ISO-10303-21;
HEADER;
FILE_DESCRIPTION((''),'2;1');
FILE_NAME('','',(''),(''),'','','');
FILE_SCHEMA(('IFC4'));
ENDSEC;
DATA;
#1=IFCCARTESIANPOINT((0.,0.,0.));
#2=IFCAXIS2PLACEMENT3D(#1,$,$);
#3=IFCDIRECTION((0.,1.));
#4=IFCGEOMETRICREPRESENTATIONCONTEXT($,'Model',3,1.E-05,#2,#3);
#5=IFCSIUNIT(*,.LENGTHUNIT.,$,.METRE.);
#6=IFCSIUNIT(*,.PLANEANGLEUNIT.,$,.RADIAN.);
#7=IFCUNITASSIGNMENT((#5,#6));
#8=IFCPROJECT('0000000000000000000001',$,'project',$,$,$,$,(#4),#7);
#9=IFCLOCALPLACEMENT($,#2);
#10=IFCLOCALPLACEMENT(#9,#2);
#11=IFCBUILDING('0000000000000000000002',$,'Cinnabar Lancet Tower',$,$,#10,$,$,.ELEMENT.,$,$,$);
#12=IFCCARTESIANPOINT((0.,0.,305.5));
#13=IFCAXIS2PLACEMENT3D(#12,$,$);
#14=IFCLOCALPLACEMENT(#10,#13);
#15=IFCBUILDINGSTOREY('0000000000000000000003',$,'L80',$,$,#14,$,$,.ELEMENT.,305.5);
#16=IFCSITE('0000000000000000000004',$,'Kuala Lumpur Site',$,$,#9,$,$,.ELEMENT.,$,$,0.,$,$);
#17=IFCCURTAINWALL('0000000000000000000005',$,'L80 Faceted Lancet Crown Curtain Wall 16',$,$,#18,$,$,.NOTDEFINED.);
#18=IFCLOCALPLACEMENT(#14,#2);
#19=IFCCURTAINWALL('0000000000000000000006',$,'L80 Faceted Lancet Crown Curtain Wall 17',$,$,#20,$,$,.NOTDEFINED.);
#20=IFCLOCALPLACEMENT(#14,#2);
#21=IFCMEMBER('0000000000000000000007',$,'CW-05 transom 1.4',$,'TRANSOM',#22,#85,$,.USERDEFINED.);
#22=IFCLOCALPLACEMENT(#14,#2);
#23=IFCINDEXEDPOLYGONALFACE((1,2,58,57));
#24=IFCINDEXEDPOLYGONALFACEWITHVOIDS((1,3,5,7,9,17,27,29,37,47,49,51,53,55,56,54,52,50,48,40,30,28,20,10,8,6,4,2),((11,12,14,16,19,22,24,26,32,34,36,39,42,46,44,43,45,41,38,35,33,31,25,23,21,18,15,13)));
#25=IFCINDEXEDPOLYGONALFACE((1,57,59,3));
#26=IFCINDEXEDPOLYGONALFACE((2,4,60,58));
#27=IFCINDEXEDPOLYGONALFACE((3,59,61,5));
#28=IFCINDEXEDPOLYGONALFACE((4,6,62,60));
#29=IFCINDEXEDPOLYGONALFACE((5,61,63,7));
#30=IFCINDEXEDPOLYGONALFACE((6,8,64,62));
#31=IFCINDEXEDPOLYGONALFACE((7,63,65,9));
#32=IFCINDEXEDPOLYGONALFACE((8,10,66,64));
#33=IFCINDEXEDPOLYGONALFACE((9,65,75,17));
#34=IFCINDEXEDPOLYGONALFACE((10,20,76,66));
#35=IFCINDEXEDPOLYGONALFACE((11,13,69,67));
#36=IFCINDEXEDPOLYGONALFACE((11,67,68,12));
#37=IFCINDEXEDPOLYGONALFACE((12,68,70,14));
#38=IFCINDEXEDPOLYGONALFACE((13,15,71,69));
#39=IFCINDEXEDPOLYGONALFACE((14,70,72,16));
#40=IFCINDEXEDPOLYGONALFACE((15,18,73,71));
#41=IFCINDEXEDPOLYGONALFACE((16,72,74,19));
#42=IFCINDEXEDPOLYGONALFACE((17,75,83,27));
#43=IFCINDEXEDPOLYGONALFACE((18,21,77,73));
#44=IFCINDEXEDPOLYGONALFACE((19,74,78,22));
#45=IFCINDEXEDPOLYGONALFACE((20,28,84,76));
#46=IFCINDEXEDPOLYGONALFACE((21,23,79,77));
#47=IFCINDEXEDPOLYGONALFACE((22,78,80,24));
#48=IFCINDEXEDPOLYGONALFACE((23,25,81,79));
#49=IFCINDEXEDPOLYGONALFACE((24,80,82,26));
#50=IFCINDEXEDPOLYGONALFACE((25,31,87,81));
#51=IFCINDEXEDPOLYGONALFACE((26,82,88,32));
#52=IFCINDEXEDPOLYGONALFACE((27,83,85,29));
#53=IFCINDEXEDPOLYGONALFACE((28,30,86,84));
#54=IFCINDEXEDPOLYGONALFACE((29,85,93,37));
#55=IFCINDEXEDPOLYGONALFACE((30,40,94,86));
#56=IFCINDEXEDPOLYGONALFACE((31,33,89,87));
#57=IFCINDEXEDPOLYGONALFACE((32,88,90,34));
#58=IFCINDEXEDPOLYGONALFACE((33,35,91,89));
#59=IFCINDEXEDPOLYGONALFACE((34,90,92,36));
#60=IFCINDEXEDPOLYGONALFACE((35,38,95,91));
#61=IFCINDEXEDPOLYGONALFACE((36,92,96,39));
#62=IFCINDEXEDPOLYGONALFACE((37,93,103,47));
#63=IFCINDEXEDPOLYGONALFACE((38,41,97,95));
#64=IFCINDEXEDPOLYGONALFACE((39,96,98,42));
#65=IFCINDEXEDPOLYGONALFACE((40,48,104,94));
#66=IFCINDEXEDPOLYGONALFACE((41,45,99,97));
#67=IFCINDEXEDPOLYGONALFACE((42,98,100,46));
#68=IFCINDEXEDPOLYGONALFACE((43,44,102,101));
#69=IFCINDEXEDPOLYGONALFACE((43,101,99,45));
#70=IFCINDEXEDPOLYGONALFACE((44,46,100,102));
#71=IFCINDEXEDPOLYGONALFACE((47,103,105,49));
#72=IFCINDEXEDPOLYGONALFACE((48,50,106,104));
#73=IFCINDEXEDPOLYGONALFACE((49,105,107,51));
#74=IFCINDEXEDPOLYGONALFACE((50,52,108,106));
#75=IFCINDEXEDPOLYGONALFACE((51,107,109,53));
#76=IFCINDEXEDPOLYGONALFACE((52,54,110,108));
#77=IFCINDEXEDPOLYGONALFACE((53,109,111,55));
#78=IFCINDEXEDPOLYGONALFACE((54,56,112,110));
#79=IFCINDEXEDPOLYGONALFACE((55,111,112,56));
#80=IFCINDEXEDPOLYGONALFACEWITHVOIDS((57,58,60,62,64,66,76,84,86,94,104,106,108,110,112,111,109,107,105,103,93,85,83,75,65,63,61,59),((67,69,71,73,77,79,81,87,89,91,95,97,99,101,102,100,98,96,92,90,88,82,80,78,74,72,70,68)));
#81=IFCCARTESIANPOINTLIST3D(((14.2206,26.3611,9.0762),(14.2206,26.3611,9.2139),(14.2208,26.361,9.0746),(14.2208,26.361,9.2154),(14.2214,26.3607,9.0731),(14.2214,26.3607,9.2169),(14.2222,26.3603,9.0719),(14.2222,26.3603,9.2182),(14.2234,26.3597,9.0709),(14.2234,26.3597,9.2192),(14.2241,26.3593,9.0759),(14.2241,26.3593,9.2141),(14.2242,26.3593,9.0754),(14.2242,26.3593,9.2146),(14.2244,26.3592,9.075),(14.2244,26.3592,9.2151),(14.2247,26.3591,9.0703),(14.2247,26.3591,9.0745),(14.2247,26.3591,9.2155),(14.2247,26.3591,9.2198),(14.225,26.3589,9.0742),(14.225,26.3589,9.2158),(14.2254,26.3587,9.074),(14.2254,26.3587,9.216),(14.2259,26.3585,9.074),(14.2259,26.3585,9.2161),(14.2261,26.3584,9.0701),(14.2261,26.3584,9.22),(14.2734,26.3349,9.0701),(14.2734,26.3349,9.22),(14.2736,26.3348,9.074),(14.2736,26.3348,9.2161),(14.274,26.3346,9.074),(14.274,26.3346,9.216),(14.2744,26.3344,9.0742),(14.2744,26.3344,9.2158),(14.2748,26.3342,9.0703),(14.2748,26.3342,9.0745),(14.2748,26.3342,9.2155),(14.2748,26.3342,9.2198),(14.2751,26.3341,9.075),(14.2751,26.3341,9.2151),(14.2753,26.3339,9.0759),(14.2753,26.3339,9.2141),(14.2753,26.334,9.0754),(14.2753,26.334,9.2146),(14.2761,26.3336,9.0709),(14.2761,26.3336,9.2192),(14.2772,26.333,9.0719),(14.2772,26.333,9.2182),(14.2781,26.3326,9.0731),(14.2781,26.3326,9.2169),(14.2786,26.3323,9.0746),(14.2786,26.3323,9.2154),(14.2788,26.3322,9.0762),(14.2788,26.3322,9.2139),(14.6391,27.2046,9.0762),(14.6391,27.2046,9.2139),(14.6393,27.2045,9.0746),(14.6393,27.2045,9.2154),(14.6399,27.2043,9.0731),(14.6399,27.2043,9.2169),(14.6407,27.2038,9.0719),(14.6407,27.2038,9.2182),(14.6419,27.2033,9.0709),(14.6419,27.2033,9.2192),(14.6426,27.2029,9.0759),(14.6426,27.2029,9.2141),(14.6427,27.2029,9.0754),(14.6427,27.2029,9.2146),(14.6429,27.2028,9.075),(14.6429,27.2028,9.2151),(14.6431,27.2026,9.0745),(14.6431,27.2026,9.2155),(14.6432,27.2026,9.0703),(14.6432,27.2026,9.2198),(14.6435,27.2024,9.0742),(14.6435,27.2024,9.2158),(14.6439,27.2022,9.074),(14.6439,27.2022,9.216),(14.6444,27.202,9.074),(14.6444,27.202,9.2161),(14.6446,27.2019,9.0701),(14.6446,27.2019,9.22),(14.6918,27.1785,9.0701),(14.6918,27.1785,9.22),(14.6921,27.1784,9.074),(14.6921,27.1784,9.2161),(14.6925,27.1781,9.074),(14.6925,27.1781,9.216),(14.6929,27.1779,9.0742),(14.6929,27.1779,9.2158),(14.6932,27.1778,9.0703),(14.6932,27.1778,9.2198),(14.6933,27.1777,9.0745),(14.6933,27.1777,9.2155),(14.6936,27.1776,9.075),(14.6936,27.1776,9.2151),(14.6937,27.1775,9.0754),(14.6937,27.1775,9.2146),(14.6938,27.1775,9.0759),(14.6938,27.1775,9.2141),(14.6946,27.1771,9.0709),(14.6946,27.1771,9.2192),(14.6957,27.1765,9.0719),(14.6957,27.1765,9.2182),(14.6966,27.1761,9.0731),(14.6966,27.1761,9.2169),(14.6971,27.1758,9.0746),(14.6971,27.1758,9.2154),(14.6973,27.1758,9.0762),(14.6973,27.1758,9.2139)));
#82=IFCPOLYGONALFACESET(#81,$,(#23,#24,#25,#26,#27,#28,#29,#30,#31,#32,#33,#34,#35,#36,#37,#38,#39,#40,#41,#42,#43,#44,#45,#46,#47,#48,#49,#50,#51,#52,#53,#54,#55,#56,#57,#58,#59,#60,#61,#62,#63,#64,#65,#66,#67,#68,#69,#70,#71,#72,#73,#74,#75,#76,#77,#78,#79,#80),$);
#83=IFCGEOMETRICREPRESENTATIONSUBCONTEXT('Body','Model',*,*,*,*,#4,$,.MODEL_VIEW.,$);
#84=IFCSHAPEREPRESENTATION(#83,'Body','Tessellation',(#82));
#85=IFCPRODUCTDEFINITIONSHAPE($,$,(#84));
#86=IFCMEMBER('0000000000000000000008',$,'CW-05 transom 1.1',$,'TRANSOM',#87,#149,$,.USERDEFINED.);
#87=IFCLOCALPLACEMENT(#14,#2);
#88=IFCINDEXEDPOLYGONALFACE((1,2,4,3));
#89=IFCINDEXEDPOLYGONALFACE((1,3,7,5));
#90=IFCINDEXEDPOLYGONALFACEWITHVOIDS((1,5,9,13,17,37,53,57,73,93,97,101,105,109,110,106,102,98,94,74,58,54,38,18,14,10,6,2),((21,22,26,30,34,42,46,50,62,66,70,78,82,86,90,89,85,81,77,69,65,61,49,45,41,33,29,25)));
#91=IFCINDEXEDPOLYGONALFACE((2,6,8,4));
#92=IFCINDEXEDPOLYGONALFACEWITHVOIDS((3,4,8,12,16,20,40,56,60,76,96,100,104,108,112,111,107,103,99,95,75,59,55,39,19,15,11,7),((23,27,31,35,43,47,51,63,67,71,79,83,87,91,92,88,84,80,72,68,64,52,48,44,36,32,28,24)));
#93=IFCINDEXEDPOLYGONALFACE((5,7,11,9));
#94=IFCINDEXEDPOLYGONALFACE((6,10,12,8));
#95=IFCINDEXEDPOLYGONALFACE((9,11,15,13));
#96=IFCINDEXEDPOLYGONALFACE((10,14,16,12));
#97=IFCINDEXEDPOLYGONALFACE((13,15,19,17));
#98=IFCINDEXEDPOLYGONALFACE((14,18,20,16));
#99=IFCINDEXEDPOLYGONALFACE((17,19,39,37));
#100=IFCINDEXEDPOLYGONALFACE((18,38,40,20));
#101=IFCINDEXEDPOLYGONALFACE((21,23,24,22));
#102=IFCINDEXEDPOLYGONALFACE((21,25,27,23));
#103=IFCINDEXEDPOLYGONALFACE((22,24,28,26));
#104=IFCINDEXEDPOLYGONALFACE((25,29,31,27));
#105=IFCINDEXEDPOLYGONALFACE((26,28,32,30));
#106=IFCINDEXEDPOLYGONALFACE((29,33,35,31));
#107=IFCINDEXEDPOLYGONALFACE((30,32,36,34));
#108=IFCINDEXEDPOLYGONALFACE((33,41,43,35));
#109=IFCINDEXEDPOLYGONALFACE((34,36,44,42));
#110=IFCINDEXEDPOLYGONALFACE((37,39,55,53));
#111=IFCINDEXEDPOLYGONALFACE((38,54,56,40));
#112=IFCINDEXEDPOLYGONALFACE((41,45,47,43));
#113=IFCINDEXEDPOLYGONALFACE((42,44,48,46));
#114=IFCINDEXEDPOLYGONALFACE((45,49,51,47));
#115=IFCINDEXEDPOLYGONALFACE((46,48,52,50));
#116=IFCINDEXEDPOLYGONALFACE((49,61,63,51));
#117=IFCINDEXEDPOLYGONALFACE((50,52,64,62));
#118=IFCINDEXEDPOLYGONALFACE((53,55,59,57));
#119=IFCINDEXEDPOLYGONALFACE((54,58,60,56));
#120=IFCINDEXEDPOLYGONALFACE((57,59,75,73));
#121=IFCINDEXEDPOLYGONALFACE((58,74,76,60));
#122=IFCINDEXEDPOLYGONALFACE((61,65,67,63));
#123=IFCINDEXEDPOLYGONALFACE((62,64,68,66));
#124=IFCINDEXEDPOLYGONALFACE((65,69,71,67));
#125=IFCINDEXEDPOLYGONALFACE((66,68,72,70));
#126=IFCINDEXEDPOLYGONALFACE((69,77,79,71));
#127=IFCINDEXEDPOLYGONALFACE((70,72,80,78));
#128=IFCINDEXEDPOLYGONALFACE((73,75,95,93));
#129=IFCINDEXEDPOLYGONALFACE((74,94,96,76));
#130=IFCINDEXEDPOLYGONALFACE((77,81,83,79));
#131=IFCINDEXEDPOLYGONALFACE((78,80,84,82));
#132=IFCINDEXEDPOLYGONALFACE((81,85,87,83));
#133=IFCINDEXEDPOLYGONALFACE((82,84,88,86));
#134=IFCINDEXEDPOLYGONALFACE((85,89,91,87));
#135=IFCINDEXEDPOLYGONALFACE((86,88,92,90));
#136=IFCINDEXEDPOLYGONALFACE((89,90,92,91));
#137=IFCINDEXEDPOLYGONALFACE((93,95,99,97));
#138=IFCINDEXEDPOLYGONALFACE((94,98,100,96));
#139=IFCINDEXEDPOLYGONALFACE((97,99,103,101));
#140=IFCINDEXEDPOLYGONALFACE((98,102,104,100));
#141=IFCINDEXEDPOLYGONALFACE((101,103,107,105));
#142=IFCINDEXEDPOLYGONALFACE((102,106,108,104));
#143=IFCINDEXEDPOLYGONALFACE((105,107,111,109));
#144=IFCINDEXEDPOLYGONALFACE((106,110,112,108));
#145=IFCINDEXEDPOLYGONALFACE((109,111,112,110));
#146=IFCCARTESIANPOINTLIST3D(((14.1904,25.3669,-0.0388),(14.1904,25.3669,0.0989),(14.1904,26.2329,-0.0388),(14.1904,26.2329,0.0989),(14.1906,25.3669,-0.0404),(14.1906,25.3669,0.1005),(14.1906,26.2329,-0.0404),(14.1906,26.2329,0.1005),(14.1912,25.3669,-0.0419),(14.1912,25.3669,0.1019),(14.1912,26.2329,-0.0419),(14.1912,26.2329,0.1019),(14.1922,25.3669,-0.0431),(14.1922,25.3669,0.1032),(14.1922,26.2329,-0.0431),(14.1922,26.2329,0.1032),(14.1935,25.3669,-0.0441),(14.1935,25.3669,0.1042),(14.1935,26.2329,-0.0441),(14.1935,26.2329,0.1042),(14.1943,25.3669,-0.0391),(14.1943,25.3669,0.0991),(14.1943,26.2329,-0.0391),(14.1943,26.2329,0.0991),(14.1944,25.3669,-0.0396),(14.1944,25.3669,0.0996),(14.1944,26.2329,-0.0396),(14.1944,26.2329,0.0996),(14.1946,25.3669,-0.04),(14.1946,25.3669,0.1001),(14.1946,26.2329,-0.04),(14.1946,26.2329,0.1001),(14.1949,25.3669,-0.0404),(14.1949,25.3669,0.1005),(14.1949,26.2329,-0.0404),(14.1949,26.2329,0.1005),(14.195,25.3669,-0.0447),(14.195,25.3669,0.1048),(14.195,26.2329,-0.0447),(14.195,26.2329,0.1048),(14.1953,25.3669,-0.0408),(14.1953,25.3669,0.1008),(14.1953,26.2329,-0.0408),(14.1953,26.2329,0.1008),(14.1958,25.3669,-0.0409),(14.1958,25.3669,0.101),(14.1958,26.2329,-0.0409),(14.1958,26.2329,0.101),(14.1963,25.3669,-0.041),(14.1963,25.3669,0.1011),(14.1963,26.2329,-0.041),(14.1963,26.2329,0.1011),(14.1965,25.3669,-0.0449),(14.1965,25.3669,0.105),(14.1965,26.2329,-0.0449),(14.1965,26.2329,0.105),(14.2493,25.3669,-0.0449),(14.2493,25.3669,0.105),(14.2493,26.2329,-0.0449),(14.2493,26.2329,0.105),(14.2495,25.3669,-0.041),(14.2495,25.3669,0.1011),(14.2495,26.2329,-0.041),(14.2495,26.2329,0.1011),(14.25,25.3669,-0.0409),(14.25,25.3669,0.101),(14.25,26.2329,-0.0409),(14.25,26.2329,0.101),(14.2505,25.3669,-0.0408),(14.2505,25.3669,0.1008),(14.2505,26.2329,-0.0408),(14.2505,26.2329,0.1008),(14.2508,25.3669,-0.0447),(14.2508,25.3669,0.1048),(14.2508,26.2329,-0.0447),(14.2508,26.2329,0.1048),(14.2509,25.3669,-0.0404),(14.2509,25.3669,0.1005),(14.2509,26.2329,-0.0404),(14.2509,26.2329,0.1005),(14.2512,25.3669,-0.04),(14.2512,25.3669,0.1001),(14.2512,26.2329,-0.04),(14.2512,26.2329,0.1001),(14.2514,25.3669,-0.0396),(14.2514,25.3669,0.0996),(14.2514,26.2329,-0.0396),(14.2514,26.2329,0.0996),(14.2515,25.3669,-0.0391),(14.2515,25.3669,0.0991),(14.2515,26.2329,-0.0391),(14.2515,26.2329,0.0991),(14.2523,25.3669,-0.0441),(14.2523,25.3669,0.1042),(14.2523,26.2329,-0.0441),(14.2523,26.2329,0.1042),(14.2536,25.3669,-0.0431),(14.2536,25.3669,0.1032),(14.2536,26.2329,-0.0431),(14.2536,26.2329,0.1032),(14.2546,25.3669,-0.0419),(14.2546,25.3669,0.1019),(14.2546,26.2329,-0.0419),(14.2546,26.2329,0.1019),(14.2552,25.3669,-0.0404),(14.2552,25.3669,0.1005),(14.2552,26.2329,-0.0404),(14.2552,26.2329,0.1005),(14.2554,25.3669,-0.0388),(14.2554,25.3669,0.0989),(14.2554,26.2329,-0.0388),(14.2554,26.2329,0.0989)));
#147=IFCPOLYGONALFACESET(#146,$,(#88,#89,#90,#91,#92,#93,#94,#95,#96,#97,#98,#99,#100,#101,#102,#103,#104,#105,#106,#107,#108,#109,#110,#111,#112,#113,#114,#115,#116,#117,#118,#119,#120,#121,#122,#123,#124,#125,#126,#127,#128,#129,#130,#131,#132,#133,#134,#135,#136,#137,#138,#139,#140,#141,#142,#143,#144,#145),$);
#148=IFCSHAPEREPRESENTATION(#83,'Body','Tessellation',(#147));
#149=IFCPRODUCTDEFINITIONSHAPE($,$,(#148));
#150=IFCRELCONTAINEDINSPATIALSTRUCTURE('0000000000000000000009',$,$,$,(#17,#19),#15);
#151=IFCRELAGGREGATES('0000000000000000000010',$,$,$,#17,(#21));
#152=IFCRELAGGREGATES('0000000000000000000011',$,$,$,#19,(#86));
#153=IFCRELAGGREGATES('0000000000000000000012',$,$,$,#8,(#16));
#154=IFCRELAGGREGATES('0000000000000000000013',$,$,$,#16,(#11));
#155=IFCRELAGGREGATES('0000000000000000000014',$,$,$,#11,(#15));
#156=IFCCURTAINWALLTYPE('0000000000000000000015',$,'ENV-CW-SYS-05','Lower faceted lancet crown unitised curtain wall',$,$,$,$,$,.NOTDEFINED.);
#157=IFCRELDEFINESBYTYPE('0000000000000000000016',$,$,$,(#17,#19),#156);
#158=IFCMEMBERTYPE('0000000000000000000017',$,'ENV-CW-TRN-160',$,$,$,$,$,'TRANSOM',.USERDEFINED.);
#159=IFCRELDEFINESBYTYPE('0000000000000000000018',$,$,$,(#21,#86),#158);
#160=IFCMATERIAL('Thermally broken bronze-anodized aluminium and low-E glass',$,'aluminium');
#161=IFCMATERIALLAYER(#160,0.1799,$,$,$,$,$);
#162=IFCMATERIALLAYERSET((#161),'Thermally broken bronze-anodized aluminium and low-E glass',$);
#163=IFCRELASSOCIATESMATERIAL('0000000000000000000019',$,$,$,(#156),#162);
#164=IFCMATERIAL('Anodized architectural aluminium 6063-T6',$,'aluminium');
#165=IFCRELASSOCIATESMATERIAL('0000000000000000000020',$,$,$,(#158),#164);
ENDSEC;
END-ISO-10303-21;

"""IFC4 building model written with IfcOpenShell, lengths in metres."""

from ifc_helpers import new_model, si_unit, direction, frame, origin, origin_2d, place, context, subcontext, project, spatial, hollow_rectangle, extrude, material, layer, layer_set, material_profile, profile_set, type_object, element, aggregate, save


model = new_model("IFC4")

# Units and contexts
model_context = context("Model", 3, precision=1e-05, world=origin(), true_north=direction((0.0, 1.0)))
body_context = subcontext(model_context, "Body", "Model", "MODEL_VIEW")
ifc_project = project(units=[si_unit("LENGTHUNIT", "METRE"), si_unit("PLANEANGLEUNIT", "RADIAN")], contexts=[model_context])

# Site, building, storey
site_placement = place(None, origin())
site = spatial("IfcSite", under=ifc_project, at=site_placement, Name="Kuala Lumpur Site", CompositionType="ELEMENT", RefElevation=0.0)
building_placement = place(site_placement, origin())
building = spatial("IfcBuilding", under=site, at=building_placement, Name="Cinnabar Lancet Tower", CompositionType="ELEMENT")
storey_placement = place(building_placement, frame((0.0, 0.0, 305.5)))
storey = spatial("IfcBuildingStorey", under=building, at=storey_placement, Name="L80", CompositionType="ELEMENT", Elevation=305.5)

# Shared definitions
ifc_material_1 = material(Name="Thermally broken bronze-anodized aluminium and low-E glass", Category="aluminium")
ifc_layer_1 = layer(ifc_material_1, 0.1799)
ifc_layer_set_1 = layer_set([ifc_layer_1], Name="Thermally broken bronze-anodized aluminium and low-E glass")
curtain_wall_type = type_object("IfcCurtainWallType", Name="ENV-CW-SYS-05", Description="Lower faceted lancet crown unitised curtain wall", PredefinedType="NOTDEFINED", material=ifc_layer_set_1)

# Curtain walls
curtain_wall_1_placement = place(storey_placement, origin())
curtain_wall_1 = element("IfcCurtainWall", 1, at=curtain_wall_1_placement, inside=storey, type_object=curtain_wall_type, Name="L80 Faceted Lancet Crown Curtain Wall 16", PredefinedType="NOTDEFINED")
curtain_wall_2_placement = place(storey_placement, origin())
curtain_wall_2 = element("IfcCurtainWall", 2, at=curtain_wall_2_placement, inside=storey, type_object=curtain_wall_type, Name="L80 Faceted Lancet Crown Curtain Wall 17", PredefinedType="NOTDEFINED")

# Members
ifc_material_2 = material(Name="Anodized architectural aluminium 6063-T6", Category="aluminium")
ifc_material_profile_1 = material_profile(ifc_material_2, hollow_rectangle(XDim=0.0649, YDim=0.1499, WallThickness=0.0039, InnerFilletRadius=0.002, OuterFilletRadius=0.0061, at=origin_2d()), Name="CW-TRN 150x65x4")
ifc_profile_set_1 = profile_set([ifc_material_profile_1], Name="Anodized architectural aluminium 6063-T6")
member_type_1 = type_object("IfcMemberType", Name="ENV-CW-TRN-160", ElementType="TRANSOM", PredefinedType="USERDEFINED", material=ifc_profile_set_1)
member_1_placement = place(storey_placement, frame((14.6682, 27.1902, 9.145), z_axis=(-0.444411, -0.895823, 0.0), x_axis=(0.895823, -0.444411, 0.0)))
member_1 = element("IfcMember", 3, at=member_1_placement, type_object=member_type_1, Name="CW-05 transom 1.4", ObjectType="TRANSOM", PredefinedType="USERDEFINED", context=body_context, shape_type="SweptSolid", body=[
    extrude(hollow_rectangle(XDim=0.0649, YDim=0.1499, WallThickness=0.0039, InnerFilletRadius=0.002, OuterFilletRadius=0.0061, at=origin_2d()), origin(), (0.0, 0.0, 1.0), 0.9417),
])
member_2_placement = place(storey_placement, frame((14.2229, 26.2329, 0.03), z_axis=(0.0, -1.0, 0.0), x_axis=(1.0, 0.0, 0.0)))
member_2 = element("IfcMember", 4, at=member_2_placement, type_object=member_type_1, Name="CW-05 transom 1.1", ObjectType="TRANSOM", PredefinedType="USERDEFINED", context=body_context, shape_type="SweptSolid", body=[
    extrude(hollow_rectangle(XDim=0.0649, YDim=0.1499, WallThickness=0.0039, InnerFilletRadius=0.002, OuterFilletRadius=0.0061, at=origin_2d()), origin(), (0.0, 0.0, 1.0), 0.866),
])

aggregate(curtain_wall_1, [member_1])
aggregate(curtain_wall_2, [member_2])

save(model, "model.ifc")
